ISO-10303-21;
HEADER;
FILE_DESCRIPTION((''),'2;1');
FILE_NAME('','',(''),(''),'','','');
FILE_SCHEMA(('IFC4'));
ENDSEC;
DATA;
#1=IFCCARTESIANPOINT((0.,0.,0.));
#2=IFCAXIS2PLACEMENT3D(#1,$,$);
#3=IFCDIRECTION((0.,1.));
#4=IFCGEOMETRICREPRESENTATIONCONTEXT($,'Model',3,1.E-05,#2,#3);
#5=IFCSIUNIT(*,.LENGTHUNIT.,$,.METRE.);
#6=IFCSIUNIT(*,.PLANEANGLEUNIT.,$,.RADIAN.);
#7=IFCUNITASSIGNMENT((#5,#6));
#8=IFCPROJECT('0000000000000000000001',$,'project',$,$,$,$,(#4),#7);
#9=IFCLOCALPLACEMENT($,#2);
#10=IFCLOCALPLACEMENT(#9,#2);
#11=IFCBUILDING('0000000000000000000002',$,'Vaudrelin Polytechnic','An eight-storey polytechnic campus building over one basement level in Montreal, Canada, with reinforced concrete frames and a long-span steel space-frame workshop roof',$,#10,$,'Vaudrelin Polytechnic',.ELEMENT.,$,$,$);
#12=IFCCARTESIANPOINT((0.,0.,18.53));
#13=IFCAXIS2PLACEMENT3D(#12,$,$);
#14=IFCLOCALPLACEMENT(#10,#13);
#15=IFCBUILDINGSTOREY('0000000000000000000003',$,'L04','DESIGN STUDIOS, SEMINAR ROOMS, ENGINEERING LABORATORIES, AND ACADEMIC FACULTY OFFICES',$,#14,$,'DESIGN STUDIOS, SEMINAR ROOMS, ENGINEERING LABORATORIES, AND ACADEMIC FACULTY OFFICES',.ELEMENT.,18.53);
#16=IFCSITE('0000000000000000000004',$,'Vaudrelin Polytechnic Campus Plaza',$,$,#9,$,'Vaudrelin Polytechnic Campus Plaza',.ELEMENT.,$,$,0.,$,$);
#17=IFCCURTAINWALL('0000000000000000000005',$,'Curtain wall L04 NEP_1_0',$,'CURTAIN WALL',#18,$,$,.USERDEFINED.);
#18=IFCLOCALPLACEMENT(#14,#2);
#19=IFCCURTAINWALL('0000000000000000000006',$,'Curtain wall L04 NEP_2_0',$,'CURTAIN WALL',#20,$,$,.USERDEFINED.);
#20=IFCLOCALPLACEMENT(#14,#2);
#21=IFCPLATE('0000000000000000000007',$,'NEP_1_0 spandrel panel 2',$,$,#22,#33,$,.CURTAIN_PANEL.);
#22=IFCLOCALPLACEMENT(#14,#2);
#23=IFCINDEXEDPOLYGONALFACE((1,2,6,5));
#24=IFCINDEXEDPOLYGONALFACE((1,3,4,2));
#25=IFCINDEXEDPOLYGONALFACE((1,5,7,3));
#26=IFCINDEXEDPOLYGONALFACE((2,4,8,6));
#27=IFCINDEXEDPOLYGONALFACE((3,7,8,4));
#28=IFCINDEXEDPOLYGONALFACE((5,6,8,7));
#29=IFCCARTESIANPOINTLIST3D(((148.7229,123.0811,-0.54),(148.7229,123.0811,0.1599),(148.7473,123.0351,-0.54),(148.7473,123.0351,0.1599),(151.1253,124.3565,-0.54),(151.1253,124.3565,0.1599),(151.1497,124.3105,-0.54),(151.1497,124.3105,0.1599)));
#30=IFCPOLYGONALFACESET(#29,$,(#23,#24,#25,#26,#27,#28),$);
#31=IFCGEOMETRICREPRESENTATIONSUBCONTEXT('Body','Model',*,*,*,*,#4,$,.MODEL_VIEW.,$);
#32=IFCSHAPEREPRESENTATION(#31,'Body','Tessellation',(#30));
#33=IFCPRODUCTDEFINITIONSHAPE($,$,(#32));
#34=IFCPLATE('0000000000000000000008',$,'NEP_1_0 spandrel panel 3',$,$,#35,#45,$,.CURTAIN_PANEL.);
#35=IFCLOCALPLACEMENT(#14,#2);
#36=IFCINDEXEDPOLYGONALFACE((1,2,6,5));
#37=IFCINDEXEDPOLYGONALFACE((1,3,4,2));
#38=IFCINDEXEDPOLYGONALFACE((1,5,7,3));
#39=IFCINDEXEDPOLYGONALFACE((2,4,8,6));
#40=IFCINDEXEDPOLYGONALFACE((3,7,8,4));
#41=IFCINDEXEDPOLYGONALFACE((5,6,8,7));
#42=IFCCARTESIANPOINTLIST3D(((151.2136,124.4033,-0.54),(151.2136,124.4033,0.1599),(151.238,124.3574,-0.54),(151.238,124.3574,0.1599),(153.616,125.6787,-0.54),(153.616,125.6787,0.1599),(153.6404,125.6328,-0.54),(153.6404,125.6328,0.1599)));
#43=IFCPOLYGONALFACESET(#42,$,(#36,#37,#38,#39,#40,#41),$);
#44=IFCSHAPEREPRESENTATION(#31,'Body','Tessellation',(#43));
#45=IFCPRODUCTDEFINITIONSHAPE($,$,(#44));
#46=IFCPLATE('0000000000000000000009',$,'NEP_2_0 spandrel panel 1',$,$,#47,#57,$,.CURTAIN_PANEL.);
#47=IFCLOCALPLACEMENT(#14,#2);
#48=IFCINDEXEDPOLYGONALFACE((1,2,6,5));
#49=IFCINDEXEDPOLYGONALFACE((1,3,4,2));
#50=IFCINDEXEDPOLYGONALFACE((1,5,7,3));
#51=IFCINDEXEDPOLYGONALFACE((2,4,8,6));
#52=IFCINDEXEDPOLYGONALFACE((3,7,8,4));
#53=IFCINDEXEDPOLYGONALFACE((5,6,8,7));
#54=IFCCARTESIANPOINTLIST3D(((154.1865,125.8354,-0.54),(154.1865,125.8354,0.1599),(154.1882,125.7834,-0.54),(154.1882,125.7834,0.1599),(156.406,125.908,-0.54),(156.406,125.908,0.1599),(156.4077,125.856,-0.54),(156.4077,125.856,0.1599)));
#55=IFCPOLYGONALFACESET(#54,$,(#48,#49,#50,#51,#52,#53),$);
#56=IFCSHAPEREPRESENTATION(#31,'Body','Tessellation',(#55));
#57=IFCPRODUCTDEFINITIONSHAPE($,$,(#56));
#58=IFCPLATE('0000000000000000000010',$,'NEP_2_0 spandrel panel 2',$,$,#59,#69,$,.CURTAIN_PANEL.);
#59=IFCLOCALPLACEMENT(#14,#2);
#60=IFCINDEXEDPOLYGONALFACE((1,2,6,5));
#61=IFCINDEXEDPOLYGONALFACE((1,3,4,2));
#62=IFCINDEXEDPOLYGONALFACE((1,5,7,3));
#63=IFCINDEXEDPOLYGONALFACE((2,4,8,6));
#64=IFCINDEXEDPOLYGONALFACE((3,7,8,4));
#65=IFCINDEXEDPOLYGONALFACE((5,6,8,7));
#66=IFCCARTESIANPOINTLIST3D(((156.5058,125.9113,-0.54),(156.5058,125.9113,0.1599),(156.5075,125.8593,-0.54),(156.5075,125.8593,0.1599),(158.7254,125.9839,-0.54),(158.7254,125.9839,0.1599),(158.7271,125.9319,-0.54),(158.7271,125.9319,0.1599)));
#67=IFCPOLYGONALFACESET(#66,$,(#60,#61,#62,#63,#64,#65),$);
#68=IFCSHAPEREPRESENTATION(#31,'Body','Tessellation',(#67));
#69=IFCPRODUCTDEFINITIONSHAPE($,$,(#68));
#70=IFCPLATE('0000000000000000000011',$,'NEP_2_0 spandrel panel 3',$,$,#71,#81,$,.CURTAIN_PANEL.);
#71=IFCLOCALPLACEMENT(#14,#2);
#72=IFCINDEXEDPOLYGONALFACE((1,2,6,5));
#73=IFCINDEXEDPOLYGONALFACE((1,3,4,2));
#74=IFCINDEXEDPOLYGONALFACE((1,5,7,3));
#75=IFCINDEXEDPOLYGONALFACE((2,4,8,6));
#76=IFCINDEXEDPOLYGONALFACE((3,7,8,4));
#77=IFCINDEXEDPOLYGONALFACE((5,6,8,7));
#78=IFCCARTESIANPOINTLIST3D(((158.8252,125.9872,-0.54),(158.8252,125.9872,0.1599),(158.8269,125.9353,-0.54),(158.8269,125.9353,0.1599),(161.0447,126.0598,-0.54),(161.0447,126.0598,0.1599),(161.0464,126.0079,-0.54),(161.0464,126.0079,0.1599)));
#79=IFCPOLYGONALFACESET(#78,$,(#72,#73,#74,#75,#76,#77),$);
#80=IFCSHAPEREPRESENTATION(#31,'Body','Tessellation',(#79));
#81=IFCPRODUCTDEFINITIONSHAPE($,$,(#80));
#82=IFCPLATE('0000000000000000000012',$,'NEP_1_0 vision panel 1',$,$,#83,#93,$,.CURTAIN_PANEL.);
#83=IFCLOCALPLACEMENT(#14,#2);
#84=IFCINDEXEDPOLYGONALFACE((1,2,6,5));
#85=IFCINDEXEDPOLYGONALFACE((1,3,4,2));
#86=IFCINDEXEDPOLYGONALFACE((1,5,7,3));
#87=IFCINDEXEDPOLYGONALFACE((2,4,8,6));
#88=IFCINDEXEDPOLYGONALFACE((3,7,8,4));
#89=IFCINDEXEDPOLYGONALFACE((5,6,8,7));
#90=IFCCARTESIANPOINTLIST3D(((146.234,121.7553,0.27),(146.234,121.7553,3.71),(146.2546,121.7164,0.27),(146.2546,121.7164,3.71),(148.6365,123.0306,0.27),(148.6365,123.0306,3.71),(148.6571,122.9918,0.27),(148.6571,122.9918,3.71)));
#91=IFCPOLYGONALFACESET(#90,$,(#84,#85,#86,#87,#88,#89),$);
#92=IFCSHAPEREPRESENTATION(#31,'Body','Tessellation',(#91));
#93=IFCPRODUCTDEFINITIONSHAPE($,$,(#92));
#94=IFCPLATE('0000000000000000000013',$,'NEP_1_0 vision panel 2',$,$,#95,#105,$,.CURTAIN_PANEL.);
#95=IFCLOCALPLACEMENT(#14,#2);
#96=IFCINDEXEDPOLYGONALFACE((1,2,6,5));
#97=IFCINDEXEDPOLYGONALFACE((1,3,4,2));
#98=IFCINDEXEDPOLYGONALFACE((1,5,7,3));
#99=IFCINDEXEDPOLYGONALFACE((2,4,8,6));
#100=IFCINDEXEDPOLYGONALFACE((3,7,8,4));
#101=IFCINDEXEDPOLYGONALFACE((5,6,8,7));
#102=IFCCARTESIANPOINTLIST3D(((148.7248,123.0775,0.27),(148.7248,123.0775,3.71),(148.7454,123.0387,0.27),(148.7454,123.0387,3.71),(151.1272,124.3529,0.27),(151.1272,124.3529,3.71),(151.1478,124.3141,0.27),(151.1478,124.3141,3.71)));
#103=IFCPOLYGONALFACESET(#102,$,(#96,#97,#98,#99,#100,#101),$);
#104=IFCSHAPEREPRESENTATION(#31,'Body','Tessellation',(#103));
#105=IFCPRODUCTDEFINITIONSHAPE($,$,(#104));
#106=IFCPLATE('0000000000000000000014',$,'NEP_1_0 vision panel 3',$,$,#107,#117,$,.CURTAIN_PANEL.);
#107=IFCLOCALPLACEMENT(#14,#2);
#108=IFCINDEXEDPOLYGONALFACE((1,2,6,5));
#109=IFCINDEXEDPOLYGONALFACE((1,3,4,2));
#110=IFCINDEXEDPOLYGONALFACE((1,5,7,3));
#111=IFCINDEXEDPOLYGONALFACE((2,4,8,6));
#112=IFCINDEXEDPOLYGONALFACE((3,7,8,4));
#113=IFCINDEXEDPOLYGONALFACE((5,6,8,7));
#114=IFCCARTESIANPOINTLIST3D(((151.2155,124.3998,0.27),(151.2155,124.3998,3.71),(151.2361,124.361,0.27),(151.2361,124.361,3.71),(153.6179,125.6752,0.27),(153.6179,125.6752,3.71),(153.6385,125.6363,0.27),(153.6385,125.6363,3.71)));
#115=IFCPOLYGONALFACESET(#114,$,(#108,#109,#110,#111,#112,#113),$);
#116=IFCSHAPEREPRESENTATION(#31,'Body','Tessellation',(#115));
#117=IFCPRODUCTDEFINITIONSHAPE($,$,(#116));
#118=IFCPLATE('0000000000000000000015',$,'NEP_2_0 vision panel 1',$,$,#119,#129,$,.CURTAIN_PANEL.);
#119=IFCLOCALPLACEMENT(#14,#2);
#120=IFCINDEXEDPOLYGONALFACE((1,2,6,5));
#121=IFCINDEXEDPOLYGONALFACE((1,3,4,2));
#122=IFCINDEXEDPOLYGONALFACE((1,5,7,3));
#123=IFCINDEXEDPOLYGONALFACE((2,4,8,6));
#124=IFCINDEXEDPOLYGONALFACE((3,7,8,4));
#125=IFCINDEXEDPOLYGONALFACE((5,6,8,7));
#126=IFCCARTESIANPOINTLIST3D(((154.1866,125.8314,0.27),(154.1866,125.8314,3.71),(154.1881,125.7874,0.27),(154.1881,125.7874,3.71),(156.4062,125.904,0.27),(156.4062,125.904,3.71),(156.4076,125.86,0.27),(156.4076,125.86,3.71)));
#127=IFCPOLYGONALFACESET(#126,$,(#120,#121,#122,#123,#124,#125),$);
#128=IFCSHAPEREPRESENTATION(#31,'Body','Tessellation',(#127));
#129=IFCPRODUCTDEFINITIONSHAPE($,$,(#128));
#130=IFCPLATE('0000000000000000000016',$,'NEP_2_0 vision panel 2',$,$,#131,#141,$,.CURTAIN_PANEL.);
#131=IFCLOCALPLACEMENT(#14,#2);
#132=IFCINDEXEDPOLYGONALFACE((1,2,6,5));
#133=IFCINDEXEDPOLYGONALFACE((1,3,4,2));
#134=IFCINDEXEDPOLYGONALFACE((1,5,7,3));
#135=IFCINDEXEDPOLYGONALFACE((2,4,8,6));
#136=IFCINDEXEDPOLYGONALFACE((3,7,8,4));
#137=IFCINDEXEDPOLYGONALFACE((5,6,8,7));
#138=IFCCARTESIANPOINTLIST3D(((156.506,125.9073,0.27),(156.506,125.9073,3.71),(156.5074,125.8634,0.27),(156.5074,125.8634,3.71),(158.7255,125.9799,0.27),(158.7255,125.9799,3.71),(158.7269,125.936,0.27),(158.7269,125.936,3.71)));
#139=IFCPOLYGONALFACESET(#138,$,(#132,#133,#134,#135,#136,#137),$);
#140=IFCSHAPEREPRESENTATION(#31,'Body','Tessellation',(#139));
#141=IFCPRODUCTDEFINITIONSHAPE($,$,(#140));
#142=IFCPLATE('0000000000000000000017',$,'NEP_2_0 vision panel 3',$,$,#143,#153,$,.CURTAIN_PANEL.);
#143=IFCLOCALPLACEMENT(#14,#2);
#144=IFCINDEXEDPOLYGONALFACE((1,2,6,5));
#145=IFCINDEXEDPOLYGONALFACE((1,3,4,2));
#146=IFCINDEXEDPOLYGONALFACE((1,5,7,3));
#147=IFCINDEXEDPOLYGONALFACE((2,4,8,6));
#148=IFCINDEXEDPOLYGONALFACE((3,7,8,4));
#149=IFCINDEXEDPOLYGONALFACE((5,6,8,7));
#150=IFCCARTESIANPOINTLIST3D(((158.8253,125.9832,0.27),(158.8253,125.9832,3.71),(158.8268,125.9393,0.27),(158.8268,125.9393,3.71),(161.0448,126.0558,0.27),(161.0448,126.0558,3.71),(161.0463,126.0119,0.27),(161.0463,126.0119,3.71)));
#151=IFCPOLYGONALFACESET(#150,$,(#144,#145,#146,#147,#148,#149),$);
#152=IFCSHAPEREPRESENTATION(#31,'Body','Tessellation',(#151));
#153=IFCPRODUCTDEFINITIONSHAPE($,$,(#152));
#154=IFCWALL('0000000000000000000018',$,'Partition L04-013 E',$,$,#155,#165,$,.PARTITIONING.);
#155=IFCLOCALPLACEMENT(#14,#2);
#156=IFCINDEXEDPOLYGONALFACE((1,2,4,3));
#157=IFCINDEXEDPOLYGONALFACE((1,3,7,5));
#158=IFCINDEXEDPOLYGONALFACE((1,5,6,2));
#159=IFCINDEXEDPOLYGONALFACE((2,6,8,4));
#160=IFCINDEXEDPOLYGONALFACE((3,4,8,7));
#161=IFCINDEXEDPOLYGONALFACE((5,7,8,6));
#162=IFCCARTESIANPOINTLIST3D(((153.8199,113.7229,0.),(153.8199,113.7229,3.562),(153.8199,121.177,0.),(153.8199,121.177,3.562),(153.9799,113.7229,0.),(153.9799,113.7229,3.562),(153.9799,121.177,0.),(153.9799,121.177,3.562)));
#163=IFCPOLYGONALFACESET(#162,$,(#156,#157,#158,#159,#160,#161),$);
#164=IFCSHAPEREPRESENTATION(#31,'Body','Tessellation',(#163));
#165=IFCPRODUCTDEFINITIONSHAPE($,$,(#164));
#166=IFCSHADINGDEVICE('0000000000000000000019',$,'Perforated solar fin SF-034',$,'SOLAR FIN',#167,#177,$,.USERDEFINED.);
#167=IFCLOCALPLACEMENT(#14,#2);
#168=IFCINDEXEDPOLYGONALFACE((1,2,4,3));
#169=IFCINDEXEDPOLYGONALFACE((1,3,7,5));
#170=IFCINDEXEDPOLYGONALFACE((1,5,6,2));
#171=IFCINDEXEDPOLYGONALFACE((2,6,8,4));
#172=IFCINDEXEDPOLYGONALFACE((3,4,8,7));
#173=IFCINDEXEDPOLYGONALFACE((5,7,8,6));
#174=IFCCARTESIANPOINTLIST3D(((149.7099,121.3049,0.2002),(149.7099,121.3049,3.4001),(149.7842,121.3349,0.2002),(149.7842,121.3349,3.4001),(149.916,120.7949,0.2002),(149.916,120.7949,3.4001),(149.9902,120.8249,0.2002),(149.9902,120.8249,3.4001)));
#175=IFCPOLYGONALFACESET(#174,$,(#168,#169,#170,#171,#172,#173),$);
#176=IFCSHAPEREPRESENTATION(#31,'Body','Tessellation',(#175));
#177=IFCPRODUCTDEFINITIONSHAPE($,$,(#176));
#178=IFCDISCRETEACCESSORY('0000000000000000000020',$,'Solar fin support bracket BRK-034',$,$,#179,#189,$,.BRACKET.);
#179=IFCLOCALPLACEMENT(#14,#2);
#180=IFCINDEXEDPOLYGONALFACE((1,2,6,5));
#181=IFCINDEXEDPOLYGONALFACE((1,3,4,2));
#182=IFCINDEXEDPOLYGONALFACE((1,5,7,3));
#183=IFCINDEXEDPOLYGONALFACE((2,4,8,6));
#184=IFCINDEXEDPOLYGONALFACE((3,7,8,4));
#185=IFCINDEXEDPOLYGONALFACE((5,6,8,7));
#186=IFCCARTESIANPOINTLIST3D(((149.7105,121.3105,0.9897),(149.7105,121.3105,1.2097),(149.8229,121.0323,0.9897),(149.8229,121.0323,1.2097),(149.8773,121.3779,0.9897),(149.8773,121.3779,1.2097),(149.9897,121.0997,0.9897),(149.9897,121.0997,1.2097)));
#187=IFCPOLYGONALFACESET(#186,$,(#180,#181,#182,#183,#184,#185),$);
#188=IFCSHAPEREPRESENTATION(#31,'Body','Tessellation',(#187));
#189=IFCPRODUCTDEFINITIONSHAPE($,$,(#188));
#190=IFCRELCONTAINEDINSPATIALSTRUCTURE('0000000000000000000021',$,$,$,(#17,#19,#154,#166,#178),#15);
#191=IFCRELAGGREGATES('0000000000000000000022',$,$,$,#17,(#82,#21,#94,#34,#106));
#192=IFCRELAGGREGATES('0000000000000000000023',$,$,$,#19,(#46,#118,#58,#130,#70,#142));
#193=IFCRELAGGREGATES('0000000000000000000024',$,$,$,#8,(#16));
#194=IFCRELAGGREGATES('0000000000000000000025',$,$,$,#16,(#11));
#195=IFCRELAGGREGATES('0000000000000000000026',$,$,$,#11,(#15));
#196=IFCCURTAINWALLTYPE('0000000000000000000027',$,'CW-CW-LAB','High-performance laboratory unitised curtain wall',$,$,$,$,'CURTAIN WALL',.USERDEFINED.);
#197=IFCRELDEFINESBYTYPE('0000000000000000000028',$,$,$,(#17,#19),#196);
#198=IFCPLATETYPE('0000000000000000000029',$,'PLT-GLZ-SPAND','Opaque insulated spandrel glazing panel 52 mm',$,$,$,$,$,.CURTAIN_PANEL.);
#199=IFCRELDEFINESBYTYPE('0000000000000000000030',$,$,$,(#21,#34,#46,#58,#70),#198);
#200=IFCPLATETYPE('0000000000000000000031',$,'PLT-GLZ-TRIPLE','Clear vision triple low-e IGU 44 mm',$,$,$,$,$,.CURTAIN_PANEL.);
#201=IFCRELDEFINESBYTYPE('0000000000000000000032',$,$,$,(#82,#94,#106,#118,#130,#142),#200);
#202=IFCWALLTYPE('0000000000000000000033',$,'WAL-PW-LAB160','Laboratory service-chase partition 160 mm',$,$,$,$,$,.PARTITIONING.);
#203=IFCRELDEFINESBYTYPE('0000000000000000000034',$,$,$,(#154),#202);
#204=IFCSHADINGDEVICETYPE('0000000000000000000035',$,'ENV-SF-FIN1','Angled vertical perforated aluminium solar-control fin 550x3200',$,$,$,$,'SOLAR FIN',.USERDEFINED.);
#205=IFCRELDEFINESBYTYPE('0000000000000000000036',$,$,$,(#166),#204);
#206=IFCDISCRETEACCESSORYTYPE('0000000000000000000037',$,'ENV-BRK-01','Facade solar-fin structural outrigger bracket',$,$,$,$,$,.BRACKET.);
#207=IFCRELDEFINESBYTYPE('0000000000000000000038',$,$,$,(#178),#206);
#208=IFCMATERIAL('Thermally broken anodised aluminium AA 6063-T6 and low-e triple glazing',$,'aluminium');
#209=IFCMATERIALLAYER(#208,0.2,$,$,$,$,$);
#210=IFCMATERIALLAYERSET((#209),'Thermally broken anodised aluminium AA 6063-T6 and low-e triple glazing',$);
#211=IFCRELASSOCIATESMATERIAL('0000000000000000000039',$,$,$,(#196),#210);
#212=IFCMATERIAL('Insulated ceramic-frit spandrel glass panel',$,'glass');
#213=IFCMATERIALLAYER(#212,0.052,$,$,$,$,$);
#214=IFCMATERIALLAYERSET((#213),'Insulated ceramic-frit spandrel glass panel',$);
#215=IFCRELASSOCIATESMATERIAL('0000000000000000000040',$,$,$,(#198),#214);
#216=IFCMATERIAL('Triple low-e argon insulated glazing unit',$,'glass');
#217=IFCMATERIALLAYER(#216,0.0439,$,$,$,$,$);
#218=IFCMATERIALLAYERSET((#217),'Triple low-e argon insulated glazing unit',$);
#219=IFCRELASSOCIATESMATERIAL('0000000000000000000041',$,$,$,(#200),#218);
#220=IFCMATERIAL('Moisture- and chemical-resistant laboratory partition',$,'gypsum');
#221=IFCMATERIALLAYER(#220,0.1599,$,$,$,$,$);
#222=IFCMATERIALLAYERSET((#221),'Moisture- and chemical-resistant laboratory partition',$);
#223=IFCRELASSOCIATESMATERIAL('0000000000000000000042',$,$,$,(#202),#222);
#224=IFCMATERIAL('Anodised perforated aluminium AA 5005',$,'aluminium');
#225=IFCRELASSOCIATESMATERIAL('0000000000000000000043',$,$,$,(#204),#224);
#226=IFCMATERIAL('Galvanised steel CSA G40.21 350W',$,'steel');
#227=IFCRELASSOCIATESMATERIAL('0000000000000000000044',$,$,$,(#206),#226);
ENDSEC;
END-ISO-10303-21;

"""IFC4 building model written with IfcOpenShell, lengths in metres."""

from ifc_helpers import new_model, si_unit, direction, frame, frame_2d, origin, origin_2d, place, context, subcontext, project, spatial, rectangle, extrude, material, layer, layer_set, type_object, element, aggregate, save


model = new_model("IFC4")

# Units and contexts
model_context = context("Model", 3, precision=1e-05, world=origin(), true_north=direction((0.0, 1.0)))
body_context = subcontext(model_context, "Body", "Model", "MODEL_VIEW")
ifc_project = project(units=[si_unit("LENGTHUNIT", "METRE"), si_unit("PLANEANGLEUNIT", "RADIAN")], contexts=[model_context])

# Site, building, storey
site_placement = place(None, origin())
site = spatial("IfcSite", under=ifc_project, at=site_placement, Name="Vaudrelin Polytechnic Campus Plaza", LongName="Vaudrelin Polytechnic Campus Plaza", CompositionType="ELEMENT", RefElevation=0.0)
building_placement = place(site_placement, origin())
building = spatial("IfcBuilding", under=site, at=building_placement, Name="Vaudrelin Polytechnic", Description="An eight-storey polytechnic campus building over one basement level in Montreal, Canada, with reinforced concrete frames and a long-span steel space-frame workshop roof", LongName="Vaudrelin Polytechnic", CompositionType="ELEMENT")
storey_placement = place(building_placement, frame((0.0, 0.0, 18.53)))
storey = spatial("IfcBuildingStorey", under=building, at=storey_placement, Name="L04", Description="DESIGN STUDIOS, SEMINAR ROOMS, ENGINEERING LABORATORIES, AND ACADEMIC FACULTY OFFICES", LongName="DESIGN STUDIOS, SEMINAR ROOMS, ENGINEERING LABORATORIES, AND ACADEMIC FACULTY OFFICES", CompositionType="ELEMENT", Elevation=18.53)

# Curtain walls
ifc_material_1 = material(Name="Thermally broken anodised aluminium AA 6063-T6 and low-e triple glazing", Category="aluminium")
ifc_layer_1 = layer(ifc_material_1, 0.2)
ifc_layer_set_1 = layer_set([ifc_layer_1], Name="Thermally broken anodised aluminium AA 6063-T6 and low-e triple glazing")
curtain_wall_type = type_object("IfcCurtainWallType", Name="CW-CW-LAB", Description="High-performance laboratory unitised curtain wall", ElementType="CURTAIN WALL", PredefinedType="USERDEFINED", material=ifc_layer_set_1)
curtain_wall_1_placement = place(storey_placement, origin())
curtain_wall_1 = element("IfcCurtainWall", 1, at=curtain_wall_1_placement, inside=storey, type_object=curtain_wall_type, Name="Curtain wall L04 NEP_1_0", ObjectType="CURTAIN WALL", PredefinedType="USERDEFINED")
curtain_wall_2_placement = place(storey_placement, origin())
curtain_wall_2 = element("IfcCurtainWall", 2, at=curtain_wall_2_placement, inside=storey, type_object=curtain_wall_type, Name="Curtain wall L04 NEP_2_0", ObjectType="CURTAIN WALL", PredefinedType="USERDEFINED")

# Plates
ifc_material_2 = material(Name="Insulated ceramic-frit spandrel glass panel", Category="glass")
ifc_layer_2 = layer(ifc_material_2, 0.052)
ifc_layer_set_2 = layer_set([ifc_layer_2], Name="Insulated ceramic-frit spandrel glass panel")
plate_type_1 = type_object("IfcPlateType", Name="PLT-GLZ-SPAND", Description="Opaque insulated spandrel glazing panel 52 mm", PredefinedType="CURTAIN_PANEL", material=ifc_layer_set_2)
plate_1_placement = place(storey_placement, frame((149.9363, 123.6958, -0.54), z_axis=(0.0, 0.0, 1.0), x_axis=(0.883256, 0.468892, 0.0)))
plate_1 = element("IfcPlate", 3, at=plate_1_placement, type_object=plate_type_1, Name="NEP_1_0 spandrel panel 2", PredefinedType="CURTAIN_PANEL", context=body_context, shape_type="SweptSolid", body=[
    extrude(rectangle(XDim=2.72, YDim=0.052, at=origin_2d()), origin(), (0.0, 0.0, 1.0), 0.7),
])
plate_2_placement = place(storey_placement, frame((152.427, 125.0181, -0.54), z_axis=(0.0, 0.0, 1.0), x_axis=(0.883256, 0.468892, 0.0)))
plate_2 = element("IfcPlate", 4, at=plate_2_placement, type_object=plate_type_1, Name="NEP_1_0 spandrel panel 3", PredefinedType="CURTAIN_PANEL", context=body_context, shape_type="SweptSolid", body=[
    extrude(rectangle(XDim=2.72, YDim=0.052, at=origin_2d()), origin(), (0.0, 0.0, 1.0), 0.7),
])
plate_3_placement = place(storey_placement, frame((155.2971, 125.8457, -0.54), z_axis=(0.0, 0.0, 1.0), x_axis=(0.999465, 0.032693, 0.0)))
plate_3 = element("IfcPlate", 5, at=plate_3_placement, type_object=plate_type_1, Name="NEP_2_0 spandrel panel 1", PredefinedType="CURTAIN_PANEL", context=body_context, shape_type="SweptSolid", body=[
    extrude(rectangle(XDim=2.2207, YDim=0.052, at=origin_2d()), origin(), (0.0, 0.0, 1.0), 0.7),
])
plate_4_placement = place(storey_placement, frame((157.6165, 125.9216, -0.54), z_axis=(0.0, 0.0, 1.0), x_axis=(0.999465, 0.032693, 0.0)))
plate_4 = element("IfcPlate", 6, at=plate_4_placement, type_object=plate_type_1, Name="NEP_2_0 spandrel panel 2", PredefinedType="CURTAIN_PANEL", context=body_context, shape_type="SweptSolid", body=[
    extrude(rectangle(XDim=2.2207, YDim=0.052, at=origin_2d()), origin(), (0.0, 0.0, 1.0), 0.7),
])
plate_5_placement = place(storey_placement, frame((159.9358, 125.9976, -0.54), z_axis=(0.0, 0.0, 1.0), x_axis=(0.999465, 0.032693, 0.0)))
plate_5 = element("IfcPlate", 7, at=plate_5_placement, type_object=plate_type_1, Name="NEP_2_0 spandrel panel 3", PredefinedType="CURTAIN_PANEL", context=body_context, shape_type="SweptSolid", body=[
    extrude(rectangle(XDim=2.2207, YDim=0.052, at=origin_2d()), origin(), (0.0, 0.0, 1.0), 0.7),
])
ifc_material_3 = material(Name="Triple low-e argon insulated glazing unit", Category="glass")
ifc_layer_3 = layer(ifc_material_3, 0.0439)
ifc_layer_set_3 = layer_set([ifc_layer_3], Name="Triple low-e argon insulated glazing unit")
plate_type_2 = type_object("IfcPlateType", Name="PLT-GLZ-TRIPLE", Description="Clear vision triple low-e IGU 44 mm", PredefinedType="CURTAIN_PANEL", material=ifc_layer_set_3)
plate_6_placement = place(storey_placement, frame((147.4456, 122.3735, 0.27), z_axis=(0.0, 0.0, 1.0), x_axis=(0.883256, 0.468892, 0.0)))
plate_6 = element("IfcPlate", 8, at=plate_6_placement, type_object=plate_type_2, Name="NEP_1_0 vision panel 1", PredefinedType="CURTAIN_PANEL", context=body_context, shape_type="SweptSolid", body=[
    extrude(rectangle(XDim=2.72, YDim=0.0439, at=origin_2d()), origin(), (0.0, 0.0, 1.0), 3.4399),
])
plate_7_placement = place(storey_placement, frame((149.9363, 123.6958, 0.27), z_axis=(0.0, 0.0, 1.0), x_axis=(0.883256, 0.468892, 0.0)))
plate_7 = element("IfcPlate", 9, at=plate_7_placement, type_object=plate_type_2, Name="NEP_1_0 vision panel 2", PredefinedType="CURTAIN_PANEL", context=body_context, shape_type="SweptSolid", body=[
    extrude(rectangle(XDim=2.72, YDim=0.0439, at=origin_2d()), origin(), (0.0, 0.0, 1.0), 3.4399),
])
plate_8_placement = place(storey_placement, frame((152.427, 125.0181, 0.27), z_axis=(0.0, 0.0, 1.0), x_axis=(0.883256, 0.468892, 0.0)))
plate_8 = element("IfcPlate", 10, at=plate_8_placement, type_object=plate_type_2, Name="NEP_1_0 vision panel 3", PredefinedType="CURTAIN_PANEL", context=body_context, shape_type="SweptSolid", body=[
    extrude(rectangle(XDim=2.72, YDim=0.0439, at=origin_2d()), origin(), (0.0, 0.0, 1.0), 3.4399),
])
aggregate(curtain_wall_1, [plate_6, plate_1, plate_7, plate_2, plate_8])
plate_9_placement = place(storey_placement, frame((155.2971, 125.8457, 0.27), z_axis=(0.0, 0.0, 1.0), x_axis=(0.999465, 0.032693, 0.0)))
plate_9 = element("IfcPlate", 11, at=plate_9_placement, type_object=plate_type_2, Name="NEP_2_0 vision panel 1", PredefinedType="CURTAIN_PANEL", context=body_context, shape_type="SweptSolid", body=[
    extrude(rectangle(XDim=2.2207, YDim=0.0439, at=origin_2d()), origin(), (0.0, 0.0, 1.0), 3.4399),
])
plate_10_placement = place(storey_placement, frame((157.6165, 125.9216, 0.27), z_axis=(0.0, 0.0, 1.0), x_axis=(0.999465, 0.032693, 0.0)))
plate_10 = element("IfcPlate", 12, at=plate_10_placement, type_object=plate_type_2, Name="NEP_2_0 vision panel 2", PredefinedType="CURTAIN_PANEL", context=body_context, shape_type="SweptSolid", body=[
    extrude(rectangle(XDim=2.2207, YDim=0.0439, at=origin_2d()), origin(), (0.0, 0.0, 1.0), 3.4399),
])
plate_11_placement = place(storey_placement, frame((159.9358, 125.9976, 0.27), z_axis=(0.0, 0.0, 1.0), x_axis=(0.999465, 0.032693, 0.0)))
plate_11 = element("IfcPlate", 13, at=plate_11_placement, type_object=plate_type_2, Name="NEP_2_0 vision panel 3", PredefinedType="CURTAIN_PANEL", context=body_context, shape_type="SweptSolid", body=[
    extrude(rectangle(XDim=2.2207, YDim=0.0439, at=origin_2d()), origin(), (0.0, 0.0, 1.0), 3.4399),
])
aggregate(curtain_wall_2, [plate_3, plate_9, plate_4, plate_10, plate_5, plate_11])

# Wall
ifc_material_4 = material(Name="Moisture- and chemical-resistant laboratory partition", Category="gypsum")
ifc_layer_4 = layer(ifc_material_4, 0.1599)
ifc_layer_set_4 = layer_set([ifc_layer_4], Name="Moisture- and chemical-resistant laboratory partition")
wall_type = type_object("IfcWallType", Name="WAL-PW-LAB160", Description="Laboratory service-chase partition 160 mm", PredefinedType="PARTITIONING", material=ifc_layer_set_4)
wall_placement = place(storey_placement, frame((153.8999, 113.7229, 0.0), z_axis=(0.0, 0.0, 1.0), x_axis=(0.0, 1.0, 0.0)))
element("IfcWall", 14, at=wall_placement, inside=storey, type_object=wall_type, Name="Partition L04-013 E", PredefinedType="PARTITIONING", context=body_context, shape_type="SweptSolid", body=[
    extrude(rectangle(XDim=7.4541, YDim=0.1599, at=frame_2d((3.7271, 0.0))), origin(), (0.0, 0.0, 1.0), 3.562),
])

# Shading device
ifc_material_5 = material(Name="Anodised perforated aluminium AA 5005", Category="aluminium")
shading_device_type = type_object("IfcShadingDeviceType", Name="ENV-SF-FIN1", Description="Angled vertical perforated aluminium solar-control fin 550x3200", ElementType="SOLAR FIN", PredefinedType="USERDEFINED", material=ifc_material_5)
shading_device_placement = place(storey_placement, frame((149.8501, 121.0649, 0.2002), z_axis=(0.0, 0.0, 1.0), x_axis=(0.374607, -0.927184, 0.0)))
element("IfcShadingDevice", 15, at=shading_device_placement, inside=storey, type_object=shading_device_type, Name="Perforated solar fin SF-034", ObjectType="SOLAR FIN", PredefinedType="USERDEFINED", context=body_context, shape_type="SweptSolid", body=[
    extrude(rectangle(XDim=0.55, YDim=0.0801, at=origin_2d()), origin(), (0.0, 0.0, 1.0), 3.2),
])

# Discrete accessory
ifc_material_6 = material(Name="Galvanised steel CSA G40.21 350W", Category="steel")
discrete_accessory_type = type_object("IfcDiscreteAccessoryType", Name="ENV-BRK-01", Description="Facade solar-fin structural outrigger bracket", PredefinedType="BRACKET", material=ifc_material_6)
discrete_accessory_placement = place(storey_placement, frame((149.8501, 121.2051, 0.9897), z_axis=(0.0, 0.0, 1.0), x_axis=(0.374607, -0.927184, 0.0)))
element("IfcDiscreteAccessory", 16, at=discrete_accessory_placement, inside=storey, type_object=discrete_accessory_type, Name="Solar fin support bracket BRK-034", PredefinedType="BRACKET", context=body_context, shape_type="SweptSolid", body=[
    extrude(rectangle(XDim=0.3, YDim=0.1799, at=origin_2d()), origin(), (0.0, 0.0, 1.0), 0.22),
])

save(model, "model.ifc")
